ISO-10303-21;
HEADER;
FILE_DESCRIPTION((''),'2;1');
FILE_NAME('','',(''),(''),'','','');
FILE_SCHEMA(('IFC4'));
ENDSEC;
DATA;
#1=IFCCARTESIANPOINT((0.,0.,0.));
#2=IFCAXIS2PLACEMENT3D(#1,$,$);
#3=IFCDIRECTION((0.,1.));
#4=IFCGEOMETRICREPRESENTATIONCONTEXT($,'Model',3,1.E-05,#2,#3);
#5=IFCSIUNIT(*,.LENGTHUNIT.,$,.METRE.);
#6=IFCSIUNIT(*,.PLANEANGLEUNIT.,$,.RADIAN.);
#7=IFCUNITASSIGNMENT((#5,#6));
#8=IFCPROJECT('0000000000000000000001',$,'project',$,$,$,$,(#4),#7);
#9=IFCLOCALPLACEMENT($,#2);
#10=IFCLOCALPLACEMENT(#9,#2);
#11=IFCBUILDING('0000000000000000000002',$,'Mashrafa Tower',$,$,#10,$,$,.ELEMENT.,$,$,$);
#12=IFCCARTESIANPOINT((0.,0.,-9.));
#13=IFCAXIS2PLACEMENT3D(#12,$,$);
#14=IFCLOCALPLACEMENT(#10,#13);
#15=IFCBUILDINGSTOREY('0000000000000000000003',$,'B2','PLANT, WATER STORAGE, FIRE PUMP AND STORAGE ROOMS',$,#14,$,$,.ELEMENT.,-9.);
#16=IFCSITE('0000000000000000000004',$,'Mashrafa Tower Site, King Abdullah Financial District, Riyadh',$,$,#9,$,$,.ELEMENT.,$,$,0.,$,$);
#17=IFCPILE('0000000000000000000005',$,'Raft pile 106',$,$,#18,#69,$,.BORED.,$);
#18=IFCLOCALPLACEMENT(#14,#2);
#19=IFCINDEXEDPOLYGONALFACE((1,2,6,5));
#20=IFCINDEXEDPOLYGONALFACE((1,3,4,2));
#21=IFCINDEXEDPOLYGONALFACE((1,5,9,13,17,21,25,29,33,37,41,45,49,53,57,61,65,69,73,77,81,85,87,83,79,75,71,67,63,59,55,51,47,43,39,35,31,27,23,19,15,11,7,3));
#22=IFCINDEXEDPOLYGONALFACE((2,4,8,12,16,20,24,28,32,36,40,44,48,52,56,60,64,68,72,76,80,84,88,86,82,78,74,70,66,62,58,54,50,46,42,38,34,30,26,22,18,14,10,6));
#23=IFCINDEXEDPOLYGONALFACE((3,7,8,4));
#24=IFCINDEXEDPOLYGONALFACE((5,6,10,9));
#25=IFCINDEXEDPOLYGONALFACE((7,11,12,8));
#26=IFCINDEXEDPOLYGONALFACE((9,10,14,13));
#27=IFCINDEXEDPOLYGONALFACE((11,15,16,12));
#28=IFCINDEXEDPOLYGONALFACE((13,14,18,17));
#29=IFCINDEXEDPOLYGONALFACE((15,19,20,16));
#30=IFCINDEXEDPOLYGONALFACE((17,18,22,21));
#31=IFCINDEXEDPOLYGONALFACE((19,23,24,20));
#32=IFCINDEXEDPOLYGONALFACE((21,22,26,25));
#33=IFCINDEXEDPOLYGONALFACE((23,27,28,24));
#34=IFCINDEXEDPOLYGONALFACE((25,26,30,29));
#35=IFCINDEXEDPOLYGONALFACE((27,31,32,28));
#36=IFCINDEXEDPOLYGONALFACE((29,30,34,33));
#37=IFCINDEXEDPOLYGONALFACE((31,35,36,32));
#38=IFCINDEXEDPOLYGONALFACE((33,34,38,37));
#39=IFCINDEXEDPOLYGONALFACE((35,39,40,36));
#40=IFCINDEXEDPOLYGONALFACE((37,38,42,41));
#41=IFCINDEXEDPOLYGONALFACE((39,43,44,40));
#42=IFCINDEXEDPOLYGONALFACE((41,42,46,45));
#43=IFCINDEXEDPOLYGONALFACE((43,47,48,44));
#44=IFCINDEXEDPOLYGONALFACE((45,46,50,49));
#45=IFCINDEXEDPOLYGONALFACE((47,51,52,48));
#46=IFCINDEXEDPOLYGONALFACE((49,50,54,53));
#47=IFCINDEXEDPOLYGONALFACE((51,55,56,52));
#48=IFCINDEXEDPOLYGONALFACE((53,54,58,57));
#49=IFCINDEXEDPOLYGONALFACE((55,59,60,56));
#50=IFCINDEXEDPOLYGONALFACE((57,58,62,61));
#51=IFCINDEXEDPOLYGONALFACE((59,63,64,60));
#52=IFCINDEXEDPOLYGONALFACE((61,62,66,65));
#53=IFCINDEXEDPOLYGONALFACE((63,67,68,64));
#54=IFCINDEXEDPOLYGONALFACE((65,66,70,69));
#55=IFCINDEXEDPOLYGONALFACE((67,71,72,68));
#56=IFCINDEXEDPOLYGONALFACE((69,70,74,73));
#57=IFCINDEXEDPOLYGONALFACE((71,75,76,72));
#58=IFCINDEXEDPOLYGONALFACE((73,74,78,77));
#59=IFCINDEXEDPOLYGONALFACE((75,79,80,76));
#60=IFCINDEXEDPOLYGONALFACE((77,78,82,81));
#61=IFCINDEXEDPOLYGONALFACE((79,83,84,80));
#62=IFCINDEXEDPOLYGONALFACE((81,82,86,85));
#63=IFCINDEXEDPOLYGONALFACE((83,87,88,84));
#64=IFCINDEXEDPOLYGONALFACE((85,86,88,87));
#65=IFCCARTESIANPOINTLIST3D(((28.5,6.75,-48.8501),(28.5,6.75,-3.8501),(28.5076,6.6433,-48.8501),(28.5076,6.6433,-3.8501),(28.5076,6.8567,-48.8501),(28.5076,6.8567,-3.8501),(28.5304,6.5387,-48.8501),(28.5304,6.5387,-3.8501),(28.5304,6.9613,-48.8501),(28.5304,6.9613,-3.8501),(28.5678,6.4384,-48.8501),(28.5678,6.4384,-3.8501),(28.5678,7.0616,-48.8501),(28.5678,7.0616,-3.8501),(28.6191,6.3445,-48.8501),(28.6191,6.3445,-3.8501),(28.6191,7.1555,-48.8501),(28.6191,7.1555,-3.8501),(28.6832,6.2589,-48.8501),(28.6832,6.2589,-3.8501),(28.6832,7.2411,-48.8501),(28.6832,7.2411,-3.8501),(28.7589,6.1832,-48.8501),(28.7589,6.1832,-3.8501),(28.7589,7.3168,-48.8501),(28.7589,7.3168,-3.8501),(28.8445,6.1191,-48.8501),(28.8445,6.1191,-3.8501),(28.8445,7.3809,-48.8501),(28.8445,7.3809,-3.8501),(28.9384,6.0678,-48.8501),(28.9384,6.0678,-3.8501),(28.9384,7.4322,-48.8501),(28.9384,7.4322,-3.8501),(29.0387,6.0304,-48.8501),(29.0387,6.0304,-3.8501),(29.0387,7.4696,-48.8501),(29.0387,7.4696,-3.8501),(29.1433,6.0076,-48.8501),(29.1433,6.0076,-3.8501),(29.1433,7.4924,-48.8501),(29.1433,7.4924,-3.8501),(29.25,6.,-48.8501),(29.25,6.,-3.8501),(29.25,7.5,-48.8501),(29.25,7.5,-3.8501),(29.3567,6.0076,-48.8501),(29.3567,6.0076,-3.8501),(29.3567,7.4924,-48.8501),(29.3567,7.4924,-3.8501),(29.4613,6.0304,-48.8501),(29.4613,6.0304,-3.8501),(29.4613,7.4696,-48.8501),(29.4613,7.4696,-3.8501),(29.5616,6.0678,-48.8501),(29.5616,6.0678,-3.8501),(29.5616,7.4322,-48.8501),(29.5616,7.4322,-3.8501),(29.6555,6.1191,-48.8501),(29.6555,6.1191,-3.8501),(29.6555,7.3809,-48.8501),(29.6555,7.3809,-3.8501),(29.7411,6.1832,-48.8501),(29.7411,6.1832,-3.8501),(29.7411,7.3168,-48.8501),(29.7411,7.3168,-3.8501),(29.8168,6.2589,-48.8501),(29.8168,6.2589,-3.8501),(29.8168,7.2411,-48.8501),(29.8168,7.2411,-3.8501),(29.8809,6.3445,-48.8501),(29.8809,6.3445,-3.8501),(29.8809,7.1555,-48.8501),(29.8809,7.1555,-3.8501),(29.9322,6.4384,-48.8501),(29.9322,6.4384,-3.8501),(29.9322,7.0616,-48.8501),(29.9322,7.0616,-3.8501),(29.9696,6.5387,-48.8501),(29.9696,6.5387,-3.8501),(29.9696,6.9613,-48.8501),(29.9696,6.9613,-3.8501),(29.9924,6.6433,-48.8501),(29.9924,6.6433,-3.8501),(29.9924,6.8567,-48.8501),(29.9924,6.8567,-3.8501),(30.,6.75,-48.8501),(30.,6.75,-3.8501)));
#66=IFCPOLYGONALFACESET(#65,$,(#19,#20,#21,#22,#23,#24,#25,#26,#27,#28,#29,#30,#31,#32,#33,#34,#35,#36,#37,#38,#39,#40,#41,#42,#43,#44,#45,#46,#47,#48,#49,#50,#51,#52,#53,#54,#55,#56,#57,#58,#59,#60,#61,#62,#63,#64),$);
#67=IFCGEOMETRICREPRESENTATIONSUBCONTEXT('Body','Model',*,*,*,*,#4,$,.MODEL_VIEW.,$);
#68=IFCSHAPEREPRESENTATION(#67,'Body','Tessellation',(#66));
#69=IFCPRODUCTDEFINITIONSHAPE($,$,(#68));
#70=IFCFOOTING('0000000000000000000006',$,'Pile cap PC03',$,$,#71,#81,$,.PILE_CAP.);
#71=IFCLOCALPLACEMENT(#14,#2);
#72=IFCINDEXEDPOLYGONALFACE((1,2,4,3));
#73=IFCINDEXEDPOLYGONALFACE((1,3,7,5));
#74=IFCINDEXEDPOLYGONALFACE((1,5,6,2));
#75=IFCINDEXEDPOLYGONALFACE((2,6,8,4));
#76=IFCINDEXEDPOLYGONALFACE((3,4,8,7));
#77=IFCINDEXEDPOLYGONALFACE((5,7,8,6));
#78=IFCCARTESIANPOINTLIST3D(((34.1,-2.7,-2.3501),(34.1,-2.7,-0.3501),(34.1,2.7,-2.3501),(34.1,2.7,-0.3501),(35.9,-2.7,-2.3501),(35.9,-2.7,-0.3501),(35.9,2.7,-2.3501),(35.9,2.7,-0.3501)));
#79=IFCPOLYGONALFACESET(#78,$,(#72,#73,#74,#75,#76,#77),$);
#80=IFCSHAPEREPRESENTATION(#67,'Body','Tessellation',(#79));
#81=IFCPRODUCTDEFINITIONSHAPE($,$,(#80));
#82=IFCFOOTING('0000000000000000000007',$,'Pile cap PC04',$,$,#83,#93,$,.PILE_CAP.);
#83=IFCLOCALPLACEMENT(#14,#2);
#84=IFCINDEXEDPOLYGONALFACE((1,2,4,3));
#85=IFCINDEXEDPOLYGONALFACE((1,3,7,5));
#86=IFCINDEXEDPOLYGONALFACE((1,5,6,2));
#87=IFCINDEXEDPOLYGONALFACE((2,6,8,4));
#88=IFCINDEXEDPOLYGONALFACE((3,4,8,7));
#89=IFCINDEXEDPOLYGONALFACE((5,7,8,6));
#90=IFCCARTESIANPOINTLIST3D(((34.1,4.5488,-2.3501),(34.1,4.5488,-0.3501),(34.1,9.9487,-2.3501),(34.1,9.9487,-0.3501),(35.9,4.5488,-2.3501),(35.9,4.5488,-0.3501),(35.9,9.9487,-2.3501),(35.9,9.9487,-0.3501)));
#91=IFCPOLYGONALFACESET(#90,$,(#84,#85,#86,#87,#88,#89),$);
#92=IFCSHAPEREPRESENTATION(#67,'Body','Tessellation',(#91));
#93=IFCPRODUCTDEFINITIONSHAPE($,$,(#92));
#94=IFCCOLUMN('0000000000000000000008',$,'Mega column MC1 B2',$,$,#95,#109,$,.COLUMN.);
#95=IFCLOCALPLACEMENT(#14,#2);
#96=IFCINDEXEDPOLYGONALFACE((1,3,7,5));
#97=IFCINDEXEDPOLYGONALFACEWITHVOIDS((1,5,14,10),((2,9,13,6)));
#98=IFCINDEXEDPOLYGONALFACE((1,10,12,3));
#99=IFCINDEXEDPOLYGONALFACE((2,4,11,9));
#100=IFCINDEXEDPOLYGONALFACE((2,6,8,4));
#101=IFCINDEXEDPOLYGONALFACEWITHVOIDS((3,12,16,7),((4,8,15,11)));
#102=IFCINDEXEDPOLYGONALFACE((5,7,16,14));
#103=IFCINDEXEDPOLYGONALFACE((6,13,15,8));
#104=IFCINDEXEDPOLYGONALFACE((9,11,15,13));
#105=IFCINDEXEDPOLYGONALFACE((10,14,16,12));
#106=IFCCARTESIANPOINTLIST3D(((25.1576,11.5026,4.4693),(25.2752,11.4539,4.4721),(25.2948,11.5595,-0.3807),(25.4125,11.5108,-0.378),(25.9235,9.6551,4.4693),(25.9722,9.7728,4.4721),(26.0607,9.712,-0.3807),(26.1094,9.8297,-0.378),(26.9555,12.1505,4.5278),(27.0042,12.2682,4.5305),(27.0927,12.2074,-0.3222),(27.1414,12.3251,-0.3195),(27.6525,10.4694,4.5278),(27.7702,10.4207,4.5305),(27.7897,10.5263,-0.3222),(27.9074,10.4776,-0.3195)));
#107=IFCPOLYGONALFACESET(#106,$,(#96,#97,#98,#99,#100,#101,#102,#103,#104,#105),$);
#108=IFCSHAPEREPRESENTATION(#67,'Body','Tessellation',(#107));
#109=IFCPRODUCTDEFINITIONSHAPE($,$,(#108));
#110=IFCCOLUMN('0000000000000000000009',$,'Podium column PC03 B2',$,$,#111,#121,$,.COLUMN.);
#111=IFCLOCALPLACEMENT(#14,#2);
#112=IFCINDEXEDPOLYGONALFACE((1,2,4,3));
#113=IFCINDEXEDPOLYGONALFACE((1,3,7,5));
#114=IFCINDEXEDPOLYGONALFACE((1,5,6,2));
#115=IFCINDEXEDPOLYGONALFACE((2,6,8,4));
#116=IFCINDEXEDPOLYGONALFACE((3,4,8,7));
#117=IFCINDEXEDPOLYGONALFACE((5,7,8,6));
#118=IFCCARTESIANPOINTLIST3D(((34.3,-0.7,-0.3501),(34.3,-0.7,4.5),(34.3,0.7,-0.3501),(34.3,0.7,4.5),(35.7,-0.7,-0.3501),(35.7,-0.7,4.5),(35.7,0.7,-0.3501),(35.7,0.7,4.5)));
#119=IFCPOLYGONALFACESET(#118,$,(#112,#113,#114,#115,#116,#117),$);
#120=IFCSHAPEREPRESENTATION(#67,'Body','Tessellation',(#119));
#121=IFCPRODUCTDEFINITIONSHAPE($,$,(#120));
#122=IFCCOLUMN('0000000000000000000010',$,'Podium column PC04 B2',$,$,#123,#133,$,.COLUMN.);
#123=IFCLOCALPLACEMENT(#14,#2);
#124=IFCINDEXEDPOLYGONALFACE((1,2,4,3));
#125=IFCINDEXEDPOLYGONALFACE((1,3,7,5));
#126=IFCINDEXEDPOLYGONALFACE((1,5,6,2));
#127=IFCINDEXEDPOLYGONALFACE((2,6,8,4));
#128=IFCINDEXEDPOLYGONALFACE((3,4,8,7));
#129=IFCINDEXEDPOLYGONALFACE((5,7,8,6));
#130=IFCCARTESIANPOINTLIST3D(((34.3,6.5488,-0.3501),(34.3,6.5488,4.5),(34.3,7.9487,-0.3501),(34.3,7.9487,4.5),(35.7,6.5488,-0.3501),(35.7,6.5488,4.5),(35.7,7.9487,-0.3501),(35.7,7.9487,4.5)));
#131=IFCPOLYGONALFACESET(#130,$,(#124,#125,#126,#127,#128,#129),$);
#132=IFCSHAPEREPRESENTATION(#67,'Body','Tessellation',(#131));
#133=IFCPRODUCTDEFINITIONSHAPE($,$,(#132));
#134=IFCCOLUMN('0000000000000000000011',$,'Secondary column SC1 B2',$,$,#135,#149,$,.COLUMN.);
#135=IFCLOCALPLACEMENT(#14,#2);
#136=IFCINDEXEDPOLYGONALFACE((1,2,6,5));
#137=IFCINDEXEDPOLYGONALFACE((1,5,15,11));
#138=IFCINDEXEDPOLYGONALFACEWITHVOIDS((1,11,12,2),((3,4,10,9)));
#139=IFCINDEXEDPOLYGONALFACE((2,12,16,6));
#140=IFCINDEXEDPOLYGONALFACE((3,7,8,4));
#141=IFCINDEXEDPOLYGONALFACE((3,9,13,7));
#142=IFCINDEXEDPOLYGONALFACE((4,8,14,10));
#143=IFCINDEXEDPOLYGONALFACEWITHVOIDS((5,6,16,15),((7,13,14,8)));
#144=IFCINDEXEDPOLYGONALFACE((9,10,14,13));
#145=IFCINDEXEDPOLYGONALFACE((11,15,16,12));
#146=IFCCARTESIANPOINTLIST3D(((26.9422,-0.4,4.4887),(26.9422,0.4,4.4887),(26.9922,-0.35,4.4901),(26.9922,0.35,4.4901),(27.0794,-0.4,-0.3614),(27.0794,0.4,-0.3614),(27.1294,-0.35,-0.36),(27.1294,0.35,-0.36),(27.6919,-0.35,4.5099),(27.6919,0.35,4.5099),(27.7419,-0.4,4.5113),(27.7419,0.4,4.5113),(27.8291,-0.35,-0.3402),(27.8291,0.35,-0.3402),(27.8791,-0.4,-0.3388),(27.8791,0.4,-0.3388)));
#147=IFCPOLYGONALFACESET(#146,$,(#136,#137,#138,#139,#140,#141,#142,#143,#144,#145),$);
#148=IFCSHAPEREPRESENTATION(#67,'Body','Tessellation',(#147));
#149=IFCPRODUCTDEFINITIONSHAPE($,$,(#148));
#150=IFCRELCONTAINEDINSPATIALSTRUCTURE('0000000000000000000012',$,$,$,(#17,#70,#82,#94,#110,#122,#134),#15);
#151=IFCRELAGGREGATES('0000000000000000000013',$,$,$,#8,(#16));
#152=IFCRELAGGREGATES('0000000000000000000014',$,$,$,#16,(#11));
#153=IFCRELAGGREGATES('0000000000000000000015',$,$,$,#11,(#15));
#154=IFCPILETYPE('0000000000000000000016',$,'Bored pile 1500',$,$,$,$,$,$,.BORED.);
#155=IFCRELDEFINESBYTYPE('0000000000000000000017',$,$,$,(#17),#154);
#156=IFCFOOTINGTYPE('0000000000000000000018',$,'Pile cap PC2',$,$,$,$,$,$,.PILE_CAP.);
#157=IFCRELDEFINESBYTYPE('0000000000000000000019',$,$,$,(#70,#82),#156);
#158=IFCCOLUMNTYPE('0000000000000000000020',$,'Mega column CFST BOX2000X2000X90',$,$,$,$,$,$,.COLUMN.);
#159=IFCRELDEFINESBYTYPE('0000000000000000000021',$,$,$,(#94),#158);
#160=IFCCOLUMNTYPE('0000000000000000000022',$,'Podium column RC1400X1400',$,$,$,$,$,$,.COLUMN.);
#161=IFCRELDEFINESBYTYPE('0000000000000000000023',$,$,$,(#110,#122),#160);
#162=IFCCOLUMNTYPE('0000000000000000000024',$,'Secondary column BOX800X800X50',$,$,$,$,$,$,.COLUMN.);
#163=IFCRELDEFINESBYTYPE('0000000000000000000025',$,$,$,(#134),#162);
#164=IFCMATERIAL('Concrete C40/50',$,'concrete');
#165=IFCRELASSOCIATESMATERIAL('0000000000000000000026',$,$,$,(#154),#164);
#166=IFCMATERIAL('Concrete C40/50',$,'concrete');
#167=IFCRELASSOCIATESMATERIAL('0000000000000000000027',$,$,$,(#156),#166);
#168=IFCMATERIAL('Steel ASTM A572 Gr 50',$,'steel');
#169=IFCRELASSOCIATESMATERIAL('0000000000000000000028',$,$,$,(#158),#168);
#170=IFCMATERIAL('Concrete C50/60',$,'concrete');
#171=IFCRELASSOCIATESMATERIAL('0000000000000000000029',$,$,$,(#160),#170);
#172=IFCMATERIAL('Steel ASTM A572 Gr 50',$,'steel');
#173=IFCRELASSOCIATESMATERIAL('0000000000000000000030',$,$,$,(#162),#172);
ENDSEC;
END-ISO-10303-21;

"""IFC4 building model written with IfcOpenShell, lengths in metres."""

from ifc_helpers import new_model, si_unit, direction, frame, origin, origin_2d, place, context, subcontext, project, spatial, rectangle, hollow_rectangle, circle, extrude, material, material_profile, profile_set, type_object, element, save


model = new_model("IFC4")

# Units and contexts
model_context = context("Model", 3, precision=1e-05, world=origin(), true_north=direction((0.0, 1.0)))
body_context = subcontext(model_context, "Body", "Model", "MODEL_VIEW")
ifc_project = project(units=[si_unit("LENGTHUNIT", "METRE"), si_unit("PLANEANGLEUNIT", "RADIAN")], contexts=[model_context])

# Site, building, storey
site_placement = place(None, origin())
site = spatial("IfcSite", under=ifc_project, at=site_placement, Name="Mashrafa Tower Site, King Abdullah Financial District, Riyadh", CompositionType="ELEMENT", RefElevation=0.0)
building_placement = place(site_placement, origin())
building = spatial("IfcBuilding", under=site, at=building_placement, Name="Mashrafa Tower", CompositionType="ELEMENT")
storey_placement = place(building_placement, frame((0.0, 0.0, -9.0)))
storey = spatial("IfcBuildingStorey", under=building, at=storey_placement, Name="B2", Description="PLANT, WATER STORAGE, FIRE PUMP AND STORAGE ROOMS", CompositionType="ELEMENT", Elevation=-9.0)

# Pile
ifc_material_1 = material(Name="Concrete C40/50", Category="concrete")
ifc_material_profile_1 = material_profile(ifc_material_1, circle(Radius=0.75, at=origin_2d()), Name="1500 DIA")
ifc_profile_set_1 = profile_set([ifc_material_profile_1], Name="Concrete C40/50")
pile_type_1 = type_object("IfcPileType", Name="Bored pile 1500", PredefinedType="BORED", material=ifc_profile_set_1)
for number, where, z_axis, x_axis, name in (
    (1, (29.25, 6.75, -3.8501), (0.0, 0.0, -1.0), (1.0, 0.0, 0.0), "Raft pile 106"),
):
    element("IfcPile", number, at=place(storey_placement, frame(where, z_axis=z_axis, x_axis=x_axis)), inside=storey, type_object=pile_type_1, Name=name, PredefinedType="BORED", context=body_context, shape_type="SweptSolid", body=[
        extrude(circle(Radius=0.75, at=origin_2d()), origin(), (0.0, 0.0, 1.0), 45.0),
    ])

# Footings
ifc_material_2 = material(Name="Concrete C40/50", Category="concrete")
footing_type = type_object("IfcFootingType", Name="Pile cap PC2", PredefinedType="PILE_CAP", material=ifc_material_2)
for number, where, z_axis, x_axis, name in (
    (2, (35.0, 0.0, -2.3501), (0.0, 0.0, 1.0), (0.0, 1.0, 0.0), "Pile cap PC03"),
    (3, (35.0, 7.2488, -2.3501), (0.0, 0.0, 1.0), (0.0, 1.0, 0.0), "Pile cap PC04"),
):
    element("IfcFooting", number, at=place(storey_placement, frame(where, z_axis=z_axis, x_axis=x_axis)), inside=storey, type_object=footing_type, Name=name, PredefinedType="PILE_CAP", context=body_context, shape_type="SweptSolid", body=[
        extrude(rectangle(XDim=5.3999, YDim=1.8, at=origin_2d()), origin(), (0.0, 0.0, 1.0), 2.0),
    ])

# Columns
ifc_material_3 = material(Name="Steel ASTM A572 Gr 50", Category="steel")
ifc_material_profile_2 = material_profile(ifc_material_3, hollow_rectangle(XDim=2.0, YDim=2.0, WallThickness=0.0901, at=origin_2d()), Name="BOX2000X2000X90")
ifc_profile_set_2 = profile_set([ifc_material_profile_2], Name="Steel ASTM A572 Gr 50")
column_type_1 = type_object("IfcColumnType", Name="Mega column CFST BOX2000X2000X90", PredefinedType="COLUMN", material=ifc_profile_set_2)
column_1_placement = place(storey_placement, frame((26.6011, 11.0186, -0.3501), z_axis=(-0.028276, -0.011723, 0.999531), x_axis=(0.382981, -0.923756, 0.0)))
element("IfcColumn", 4, at=column_1_placement, inside=storey, type_object=column_type_1, Name="Mega column MC1 B2", PredefinedType="COLUMN", context=body_context, shape_type="SweptSolid", body=[
    extrude(hollow_rectangle(XDim=2.0, YDim=2.0, WallThickness=0.0901, at=origin_2d()), origin(), (0.0, 0.0, 1.0), 4.8523),
])
ifc_material_4 = material(Name="Concrete C50/60", Category="concrete")
ifc_material_profile_3 = material_profile(ifc_material_4, rectangle(XDim=1.3999, YDim=1.3999, at=origin_2d()), Name="RC1400X1400")
ifc_profile_set_3 = profile_set([ifc_material_profile_3], Name="Concrete C50/60")
column_type_2 = type_object("IfcColumnType", Name="Podium column RC1400X1400", PredefinedType="COLUMN", material=ifc_profile_set_3)
for number, where, z_axis, x_axis, name in (
    (5, (35.0, 0.0, -0.3501), (0.0, 0.0, 1.0), (1.0, 0.0, 0.0), "Podium column PC03 B2"),
    (6, (35.0, 7.2488, -0.3501), (0.0, 0.0, 1.0), (1.0, 0.0, 0.0), "Podium column PC04 B2"),
):
    element("IfcColumn", number, at=place(storey_placement, frame(where, z_axis=z_axis, x_axis=x_axis)), inside=storey, type_object=column_type_2, Name=name, PredefinedType="COLUMN", context=body_context, shape_type="SweptSolid", body=[
        extrude(rectangle(XDim=1.3999, YDim=1.3999, at=origin_2d()), origin(), (0.0, 0.0, 1.0), 4.8501),
    ])
ifc_material_5 = material(Name="Steel ASTM A572 Gr 50", Category="steel")
ifc_material_profile_4 = material_profile(ifc_material_5, hollow_rectangle(XDim=0.8, YDim=0.8, WallThickness=0.05, at=origin_2d()), Name="BOX800X800X50")
ifc_profile_set_4 = profile_set([ifc_material_profile_4], Name="Steel ASTM A572 Gr 50")
column_type_3 = type_object("IfcColumnType", Name="Secondary column BOX800X800X50", PredefinedType="COLUMN", material=ifc_profile_set_4)
column_2_placement = place(storey_placement, frame((27.4792, 0.0, -0.3501), z_axis=(-0.028278, 0.0, 0.9996), x_axis=(0.0, -1.0, 0.0)))
element("IfcColumn", 7, at=column_2_placement, inside=storey, type_object=column_type_3, Name="Secondary column SC1 B2", PredefinedType="COLUMN", context=body_context, shape_type="SweptSolid", body=[
    extrude(hollow_rectangle(XDim=0.8, YDim=0.8, WallThickness=0.05, at=origin_2d()), origin(), (0.0, 0.0, 1.0), 4.8521),
])

save(model, "model.ifc")
